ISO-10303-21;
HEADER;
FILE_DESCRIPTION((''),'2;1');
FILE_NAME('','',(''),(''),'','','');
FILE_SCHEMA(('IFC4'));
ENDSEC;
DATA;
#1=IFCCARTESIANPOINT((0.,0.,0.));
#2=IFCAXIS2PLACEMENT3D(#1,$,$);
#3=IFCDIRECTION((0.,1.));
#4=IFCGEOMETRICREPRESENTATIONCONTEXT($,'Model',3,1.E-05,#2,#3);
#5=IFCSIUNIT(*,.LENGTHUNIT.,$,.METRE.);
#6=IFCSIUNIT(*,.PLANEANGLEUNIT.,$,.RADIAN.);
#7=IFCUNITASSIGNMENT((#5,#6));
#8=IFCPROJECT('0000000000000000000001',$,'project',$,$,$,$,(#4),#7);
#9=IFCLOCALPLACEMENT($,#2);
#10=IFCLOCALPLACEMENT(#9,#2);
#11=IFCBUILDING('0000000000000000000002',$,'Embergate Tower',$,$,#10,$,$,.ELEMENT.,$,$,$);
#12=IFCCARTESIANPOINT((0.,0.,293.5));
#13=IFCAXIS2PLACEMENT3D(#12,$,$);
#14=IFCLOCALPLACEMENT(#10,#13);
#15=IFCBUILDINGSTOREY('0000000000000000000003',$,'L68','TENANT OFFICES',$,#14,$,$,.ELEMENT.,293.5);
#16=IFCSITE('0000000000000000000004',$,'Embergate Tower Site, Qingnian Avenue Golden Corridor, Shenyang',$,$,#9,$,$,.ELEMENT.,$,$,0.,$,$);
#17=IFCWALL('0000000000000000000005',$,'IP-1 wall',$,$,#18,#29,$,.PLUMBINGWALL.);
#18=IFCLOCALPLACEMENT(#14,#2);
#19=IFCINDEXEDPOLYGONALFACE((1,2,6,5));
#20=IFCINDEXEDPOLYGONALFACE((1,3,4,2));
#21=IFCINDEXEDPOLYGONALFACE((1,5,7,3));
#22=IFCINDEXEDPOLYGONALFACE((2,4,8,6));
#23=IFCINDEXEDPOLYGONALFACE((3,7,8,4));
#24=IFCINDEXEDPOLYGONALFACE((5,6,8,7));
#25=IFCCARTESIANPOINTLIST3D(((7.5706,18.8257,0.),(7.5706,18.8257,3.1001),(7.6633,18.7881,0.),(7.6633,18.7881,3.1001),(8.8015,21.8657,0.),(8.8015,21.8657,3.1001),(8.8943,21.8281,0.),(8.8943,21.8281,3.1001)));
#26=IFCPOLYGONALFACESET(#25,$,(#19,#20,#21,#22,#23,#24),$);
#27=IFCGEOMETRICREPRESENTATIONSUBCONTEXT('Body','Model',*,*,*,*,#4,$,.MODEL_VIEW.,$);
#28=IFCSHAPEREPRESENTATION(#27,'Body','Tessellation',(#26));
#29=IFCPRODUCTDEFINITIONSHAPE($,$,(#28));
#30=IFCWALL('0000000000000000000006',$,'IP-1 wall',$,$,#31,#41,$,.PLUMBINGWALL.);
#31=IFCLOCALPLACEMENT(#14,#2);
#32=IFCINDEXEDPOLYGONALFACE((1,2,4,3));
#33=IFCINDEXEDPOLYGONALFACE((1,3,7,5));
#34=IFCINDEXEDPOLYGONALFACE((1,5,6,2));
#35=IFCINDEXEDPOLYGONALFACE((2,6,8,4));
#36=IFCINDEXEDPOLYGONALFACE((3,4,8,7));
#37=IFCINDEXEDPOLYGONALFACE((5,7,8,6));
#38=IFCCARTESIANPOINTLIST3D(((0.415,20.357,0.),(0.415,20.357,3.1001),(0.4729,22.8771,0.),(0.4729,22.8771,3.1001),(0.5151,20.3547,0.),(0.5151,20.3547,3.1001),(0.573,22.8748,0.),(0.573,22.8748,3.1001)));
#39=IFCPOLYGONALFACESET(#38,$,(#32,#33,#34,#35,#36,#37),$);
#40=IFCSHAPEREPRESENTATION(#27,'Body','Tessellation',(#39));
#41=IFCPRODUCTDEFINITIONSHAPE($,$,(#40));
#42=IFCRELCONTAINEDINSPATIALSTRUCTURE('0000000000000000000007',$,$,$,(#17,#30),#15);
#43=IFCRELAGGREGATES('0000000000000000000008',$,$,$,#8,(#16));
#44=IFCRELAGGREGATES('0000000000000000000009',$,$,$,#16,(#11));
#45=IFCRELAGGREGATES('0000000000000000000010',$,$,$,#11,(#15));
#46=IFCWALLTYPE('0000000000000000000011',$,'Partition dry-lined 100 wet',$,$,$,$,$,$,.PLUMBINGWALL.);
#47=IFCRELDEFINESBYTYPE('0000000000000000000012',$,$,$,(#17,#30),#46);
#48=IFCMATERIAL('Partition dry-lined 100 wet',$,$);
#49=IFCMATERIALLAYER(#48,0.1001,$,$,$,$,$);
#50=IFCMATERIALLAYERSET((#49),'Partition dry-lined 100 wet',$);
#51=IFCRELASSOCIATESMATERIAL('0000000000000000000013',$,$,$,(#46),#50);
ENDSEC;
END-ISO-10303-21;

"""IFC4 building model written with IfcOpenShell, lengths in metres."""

from ifc_helpers import new_model, si_unit, direction, frame, frame_2d, origin, place, context, subcontext, project, spatial, rectangle, extrude, source, transform, mapped, material, layer, layer_set, type_object, element, save


model = new_model("IFC4")

# Units and contexts
model_context = context("Model", 3, precision=1e-05, world=origin(), true_north=direction((0.0, 1.0)))
body_context = subcontext(model_context, "Body", "Model", "MODEL_VIEW")
ifc_project = project(units=[si_unit("LENGTHUNIT", "METRE"), si_unit("PLANEANGLEUNIT", "RADIAN")], contexts=[model_context])

# Site, building, storey
site_placement = place(None, origin())
site = spatial("IfcSite", under=ifc_project, at=site_placement, Name="Embergate Tower Site, Qingnian Avenue Golden Corridor, Shenyang", CompositionType="ELEMENT", RefElevation=0.0)
building_placement = place(site_placement, origin())
building = spatial("IfcBuilding", under=site, at=building_placement, Name="Embergate Tower", CompositionType="ELEMENT")
storey_placement = place(building_placement, frame((0.0, 0.0, 293.5)))
storey = spatial("IfcBuildingStorey", under=building, at=storey_placement, Name="L68", Description="TENANT OFFICES", CompositionType="ELEMENT", Elevation=293.5)

# Walls
ifc_material_1 = material(Name="Partition dry-lined 100 wet")
ifc_layer_1 = layer(ifc_material_1, 0.1001)
ifc_layer_set_1 = layer_set([ifc_layer_1], Name="Partition dry-lined 100 wet")
wall_type_1 = type_object("IfcWallType", Name="Partition dry-lined 100 wet", PredefinedType="PLUMBINGWALL", material=ifc_layer_set_1)
shared_shape_1 = source(origin(), body_context, "Body", "SweptSolid", [
    extrude(rectangle(XDim=3.2798, YDim=0.1001, at=frame_2d((1.6399, 0.0))), origin(), (0.0, 0.0, 1.0), 3.1001),
])
wall_1_placement = place(storey_placement, frame((7.6169, 18.8069, 0.0), z_axis=(0.0, 0.0, 1.0), x_axis=(0.375315, 0.926897, 0.0)))
element("IfcWall", 1, at=wall_1_placement, inside=storey, type_object=wall_type_1, Name="IP-1 wall", PredefinedType="PLUMBINGWALL", context=body_context, shape_type="MappedRepresentation", body=[
    mapped(shared_shape_1, transform((0.0, 0.0, 0.0))),
])
shared_shape_2 = source(origin(), body_context, "Body", "SweptSolid", [
    extrude(rectangle(XDim=2.5208, YDim=0.1001, at=frame_2d((1.2603, 0.0))), origin(), (0.0, 0.0, 1.0), 3.1001),
])
wall_2_placement = place(storey_placement, frame((0.4651, 20.356, 0.0), z_axis=(0.0, 0.0, 1.0), x_axis=(0.022955, 0.999737, 0.0)))
element("IfcWall", 2, at=wall_2_placement, inside=storey, type_object=wall_type_1, Name="IP-1 wall", PredefinedType="PLUMBINGWALL", context=body_context, shape_type="MappedRepresentation", body=[
    mapped(shared_shape_2, transform((0.0, 0.0, 0.0))),
])

save(model, "model.ifc")
